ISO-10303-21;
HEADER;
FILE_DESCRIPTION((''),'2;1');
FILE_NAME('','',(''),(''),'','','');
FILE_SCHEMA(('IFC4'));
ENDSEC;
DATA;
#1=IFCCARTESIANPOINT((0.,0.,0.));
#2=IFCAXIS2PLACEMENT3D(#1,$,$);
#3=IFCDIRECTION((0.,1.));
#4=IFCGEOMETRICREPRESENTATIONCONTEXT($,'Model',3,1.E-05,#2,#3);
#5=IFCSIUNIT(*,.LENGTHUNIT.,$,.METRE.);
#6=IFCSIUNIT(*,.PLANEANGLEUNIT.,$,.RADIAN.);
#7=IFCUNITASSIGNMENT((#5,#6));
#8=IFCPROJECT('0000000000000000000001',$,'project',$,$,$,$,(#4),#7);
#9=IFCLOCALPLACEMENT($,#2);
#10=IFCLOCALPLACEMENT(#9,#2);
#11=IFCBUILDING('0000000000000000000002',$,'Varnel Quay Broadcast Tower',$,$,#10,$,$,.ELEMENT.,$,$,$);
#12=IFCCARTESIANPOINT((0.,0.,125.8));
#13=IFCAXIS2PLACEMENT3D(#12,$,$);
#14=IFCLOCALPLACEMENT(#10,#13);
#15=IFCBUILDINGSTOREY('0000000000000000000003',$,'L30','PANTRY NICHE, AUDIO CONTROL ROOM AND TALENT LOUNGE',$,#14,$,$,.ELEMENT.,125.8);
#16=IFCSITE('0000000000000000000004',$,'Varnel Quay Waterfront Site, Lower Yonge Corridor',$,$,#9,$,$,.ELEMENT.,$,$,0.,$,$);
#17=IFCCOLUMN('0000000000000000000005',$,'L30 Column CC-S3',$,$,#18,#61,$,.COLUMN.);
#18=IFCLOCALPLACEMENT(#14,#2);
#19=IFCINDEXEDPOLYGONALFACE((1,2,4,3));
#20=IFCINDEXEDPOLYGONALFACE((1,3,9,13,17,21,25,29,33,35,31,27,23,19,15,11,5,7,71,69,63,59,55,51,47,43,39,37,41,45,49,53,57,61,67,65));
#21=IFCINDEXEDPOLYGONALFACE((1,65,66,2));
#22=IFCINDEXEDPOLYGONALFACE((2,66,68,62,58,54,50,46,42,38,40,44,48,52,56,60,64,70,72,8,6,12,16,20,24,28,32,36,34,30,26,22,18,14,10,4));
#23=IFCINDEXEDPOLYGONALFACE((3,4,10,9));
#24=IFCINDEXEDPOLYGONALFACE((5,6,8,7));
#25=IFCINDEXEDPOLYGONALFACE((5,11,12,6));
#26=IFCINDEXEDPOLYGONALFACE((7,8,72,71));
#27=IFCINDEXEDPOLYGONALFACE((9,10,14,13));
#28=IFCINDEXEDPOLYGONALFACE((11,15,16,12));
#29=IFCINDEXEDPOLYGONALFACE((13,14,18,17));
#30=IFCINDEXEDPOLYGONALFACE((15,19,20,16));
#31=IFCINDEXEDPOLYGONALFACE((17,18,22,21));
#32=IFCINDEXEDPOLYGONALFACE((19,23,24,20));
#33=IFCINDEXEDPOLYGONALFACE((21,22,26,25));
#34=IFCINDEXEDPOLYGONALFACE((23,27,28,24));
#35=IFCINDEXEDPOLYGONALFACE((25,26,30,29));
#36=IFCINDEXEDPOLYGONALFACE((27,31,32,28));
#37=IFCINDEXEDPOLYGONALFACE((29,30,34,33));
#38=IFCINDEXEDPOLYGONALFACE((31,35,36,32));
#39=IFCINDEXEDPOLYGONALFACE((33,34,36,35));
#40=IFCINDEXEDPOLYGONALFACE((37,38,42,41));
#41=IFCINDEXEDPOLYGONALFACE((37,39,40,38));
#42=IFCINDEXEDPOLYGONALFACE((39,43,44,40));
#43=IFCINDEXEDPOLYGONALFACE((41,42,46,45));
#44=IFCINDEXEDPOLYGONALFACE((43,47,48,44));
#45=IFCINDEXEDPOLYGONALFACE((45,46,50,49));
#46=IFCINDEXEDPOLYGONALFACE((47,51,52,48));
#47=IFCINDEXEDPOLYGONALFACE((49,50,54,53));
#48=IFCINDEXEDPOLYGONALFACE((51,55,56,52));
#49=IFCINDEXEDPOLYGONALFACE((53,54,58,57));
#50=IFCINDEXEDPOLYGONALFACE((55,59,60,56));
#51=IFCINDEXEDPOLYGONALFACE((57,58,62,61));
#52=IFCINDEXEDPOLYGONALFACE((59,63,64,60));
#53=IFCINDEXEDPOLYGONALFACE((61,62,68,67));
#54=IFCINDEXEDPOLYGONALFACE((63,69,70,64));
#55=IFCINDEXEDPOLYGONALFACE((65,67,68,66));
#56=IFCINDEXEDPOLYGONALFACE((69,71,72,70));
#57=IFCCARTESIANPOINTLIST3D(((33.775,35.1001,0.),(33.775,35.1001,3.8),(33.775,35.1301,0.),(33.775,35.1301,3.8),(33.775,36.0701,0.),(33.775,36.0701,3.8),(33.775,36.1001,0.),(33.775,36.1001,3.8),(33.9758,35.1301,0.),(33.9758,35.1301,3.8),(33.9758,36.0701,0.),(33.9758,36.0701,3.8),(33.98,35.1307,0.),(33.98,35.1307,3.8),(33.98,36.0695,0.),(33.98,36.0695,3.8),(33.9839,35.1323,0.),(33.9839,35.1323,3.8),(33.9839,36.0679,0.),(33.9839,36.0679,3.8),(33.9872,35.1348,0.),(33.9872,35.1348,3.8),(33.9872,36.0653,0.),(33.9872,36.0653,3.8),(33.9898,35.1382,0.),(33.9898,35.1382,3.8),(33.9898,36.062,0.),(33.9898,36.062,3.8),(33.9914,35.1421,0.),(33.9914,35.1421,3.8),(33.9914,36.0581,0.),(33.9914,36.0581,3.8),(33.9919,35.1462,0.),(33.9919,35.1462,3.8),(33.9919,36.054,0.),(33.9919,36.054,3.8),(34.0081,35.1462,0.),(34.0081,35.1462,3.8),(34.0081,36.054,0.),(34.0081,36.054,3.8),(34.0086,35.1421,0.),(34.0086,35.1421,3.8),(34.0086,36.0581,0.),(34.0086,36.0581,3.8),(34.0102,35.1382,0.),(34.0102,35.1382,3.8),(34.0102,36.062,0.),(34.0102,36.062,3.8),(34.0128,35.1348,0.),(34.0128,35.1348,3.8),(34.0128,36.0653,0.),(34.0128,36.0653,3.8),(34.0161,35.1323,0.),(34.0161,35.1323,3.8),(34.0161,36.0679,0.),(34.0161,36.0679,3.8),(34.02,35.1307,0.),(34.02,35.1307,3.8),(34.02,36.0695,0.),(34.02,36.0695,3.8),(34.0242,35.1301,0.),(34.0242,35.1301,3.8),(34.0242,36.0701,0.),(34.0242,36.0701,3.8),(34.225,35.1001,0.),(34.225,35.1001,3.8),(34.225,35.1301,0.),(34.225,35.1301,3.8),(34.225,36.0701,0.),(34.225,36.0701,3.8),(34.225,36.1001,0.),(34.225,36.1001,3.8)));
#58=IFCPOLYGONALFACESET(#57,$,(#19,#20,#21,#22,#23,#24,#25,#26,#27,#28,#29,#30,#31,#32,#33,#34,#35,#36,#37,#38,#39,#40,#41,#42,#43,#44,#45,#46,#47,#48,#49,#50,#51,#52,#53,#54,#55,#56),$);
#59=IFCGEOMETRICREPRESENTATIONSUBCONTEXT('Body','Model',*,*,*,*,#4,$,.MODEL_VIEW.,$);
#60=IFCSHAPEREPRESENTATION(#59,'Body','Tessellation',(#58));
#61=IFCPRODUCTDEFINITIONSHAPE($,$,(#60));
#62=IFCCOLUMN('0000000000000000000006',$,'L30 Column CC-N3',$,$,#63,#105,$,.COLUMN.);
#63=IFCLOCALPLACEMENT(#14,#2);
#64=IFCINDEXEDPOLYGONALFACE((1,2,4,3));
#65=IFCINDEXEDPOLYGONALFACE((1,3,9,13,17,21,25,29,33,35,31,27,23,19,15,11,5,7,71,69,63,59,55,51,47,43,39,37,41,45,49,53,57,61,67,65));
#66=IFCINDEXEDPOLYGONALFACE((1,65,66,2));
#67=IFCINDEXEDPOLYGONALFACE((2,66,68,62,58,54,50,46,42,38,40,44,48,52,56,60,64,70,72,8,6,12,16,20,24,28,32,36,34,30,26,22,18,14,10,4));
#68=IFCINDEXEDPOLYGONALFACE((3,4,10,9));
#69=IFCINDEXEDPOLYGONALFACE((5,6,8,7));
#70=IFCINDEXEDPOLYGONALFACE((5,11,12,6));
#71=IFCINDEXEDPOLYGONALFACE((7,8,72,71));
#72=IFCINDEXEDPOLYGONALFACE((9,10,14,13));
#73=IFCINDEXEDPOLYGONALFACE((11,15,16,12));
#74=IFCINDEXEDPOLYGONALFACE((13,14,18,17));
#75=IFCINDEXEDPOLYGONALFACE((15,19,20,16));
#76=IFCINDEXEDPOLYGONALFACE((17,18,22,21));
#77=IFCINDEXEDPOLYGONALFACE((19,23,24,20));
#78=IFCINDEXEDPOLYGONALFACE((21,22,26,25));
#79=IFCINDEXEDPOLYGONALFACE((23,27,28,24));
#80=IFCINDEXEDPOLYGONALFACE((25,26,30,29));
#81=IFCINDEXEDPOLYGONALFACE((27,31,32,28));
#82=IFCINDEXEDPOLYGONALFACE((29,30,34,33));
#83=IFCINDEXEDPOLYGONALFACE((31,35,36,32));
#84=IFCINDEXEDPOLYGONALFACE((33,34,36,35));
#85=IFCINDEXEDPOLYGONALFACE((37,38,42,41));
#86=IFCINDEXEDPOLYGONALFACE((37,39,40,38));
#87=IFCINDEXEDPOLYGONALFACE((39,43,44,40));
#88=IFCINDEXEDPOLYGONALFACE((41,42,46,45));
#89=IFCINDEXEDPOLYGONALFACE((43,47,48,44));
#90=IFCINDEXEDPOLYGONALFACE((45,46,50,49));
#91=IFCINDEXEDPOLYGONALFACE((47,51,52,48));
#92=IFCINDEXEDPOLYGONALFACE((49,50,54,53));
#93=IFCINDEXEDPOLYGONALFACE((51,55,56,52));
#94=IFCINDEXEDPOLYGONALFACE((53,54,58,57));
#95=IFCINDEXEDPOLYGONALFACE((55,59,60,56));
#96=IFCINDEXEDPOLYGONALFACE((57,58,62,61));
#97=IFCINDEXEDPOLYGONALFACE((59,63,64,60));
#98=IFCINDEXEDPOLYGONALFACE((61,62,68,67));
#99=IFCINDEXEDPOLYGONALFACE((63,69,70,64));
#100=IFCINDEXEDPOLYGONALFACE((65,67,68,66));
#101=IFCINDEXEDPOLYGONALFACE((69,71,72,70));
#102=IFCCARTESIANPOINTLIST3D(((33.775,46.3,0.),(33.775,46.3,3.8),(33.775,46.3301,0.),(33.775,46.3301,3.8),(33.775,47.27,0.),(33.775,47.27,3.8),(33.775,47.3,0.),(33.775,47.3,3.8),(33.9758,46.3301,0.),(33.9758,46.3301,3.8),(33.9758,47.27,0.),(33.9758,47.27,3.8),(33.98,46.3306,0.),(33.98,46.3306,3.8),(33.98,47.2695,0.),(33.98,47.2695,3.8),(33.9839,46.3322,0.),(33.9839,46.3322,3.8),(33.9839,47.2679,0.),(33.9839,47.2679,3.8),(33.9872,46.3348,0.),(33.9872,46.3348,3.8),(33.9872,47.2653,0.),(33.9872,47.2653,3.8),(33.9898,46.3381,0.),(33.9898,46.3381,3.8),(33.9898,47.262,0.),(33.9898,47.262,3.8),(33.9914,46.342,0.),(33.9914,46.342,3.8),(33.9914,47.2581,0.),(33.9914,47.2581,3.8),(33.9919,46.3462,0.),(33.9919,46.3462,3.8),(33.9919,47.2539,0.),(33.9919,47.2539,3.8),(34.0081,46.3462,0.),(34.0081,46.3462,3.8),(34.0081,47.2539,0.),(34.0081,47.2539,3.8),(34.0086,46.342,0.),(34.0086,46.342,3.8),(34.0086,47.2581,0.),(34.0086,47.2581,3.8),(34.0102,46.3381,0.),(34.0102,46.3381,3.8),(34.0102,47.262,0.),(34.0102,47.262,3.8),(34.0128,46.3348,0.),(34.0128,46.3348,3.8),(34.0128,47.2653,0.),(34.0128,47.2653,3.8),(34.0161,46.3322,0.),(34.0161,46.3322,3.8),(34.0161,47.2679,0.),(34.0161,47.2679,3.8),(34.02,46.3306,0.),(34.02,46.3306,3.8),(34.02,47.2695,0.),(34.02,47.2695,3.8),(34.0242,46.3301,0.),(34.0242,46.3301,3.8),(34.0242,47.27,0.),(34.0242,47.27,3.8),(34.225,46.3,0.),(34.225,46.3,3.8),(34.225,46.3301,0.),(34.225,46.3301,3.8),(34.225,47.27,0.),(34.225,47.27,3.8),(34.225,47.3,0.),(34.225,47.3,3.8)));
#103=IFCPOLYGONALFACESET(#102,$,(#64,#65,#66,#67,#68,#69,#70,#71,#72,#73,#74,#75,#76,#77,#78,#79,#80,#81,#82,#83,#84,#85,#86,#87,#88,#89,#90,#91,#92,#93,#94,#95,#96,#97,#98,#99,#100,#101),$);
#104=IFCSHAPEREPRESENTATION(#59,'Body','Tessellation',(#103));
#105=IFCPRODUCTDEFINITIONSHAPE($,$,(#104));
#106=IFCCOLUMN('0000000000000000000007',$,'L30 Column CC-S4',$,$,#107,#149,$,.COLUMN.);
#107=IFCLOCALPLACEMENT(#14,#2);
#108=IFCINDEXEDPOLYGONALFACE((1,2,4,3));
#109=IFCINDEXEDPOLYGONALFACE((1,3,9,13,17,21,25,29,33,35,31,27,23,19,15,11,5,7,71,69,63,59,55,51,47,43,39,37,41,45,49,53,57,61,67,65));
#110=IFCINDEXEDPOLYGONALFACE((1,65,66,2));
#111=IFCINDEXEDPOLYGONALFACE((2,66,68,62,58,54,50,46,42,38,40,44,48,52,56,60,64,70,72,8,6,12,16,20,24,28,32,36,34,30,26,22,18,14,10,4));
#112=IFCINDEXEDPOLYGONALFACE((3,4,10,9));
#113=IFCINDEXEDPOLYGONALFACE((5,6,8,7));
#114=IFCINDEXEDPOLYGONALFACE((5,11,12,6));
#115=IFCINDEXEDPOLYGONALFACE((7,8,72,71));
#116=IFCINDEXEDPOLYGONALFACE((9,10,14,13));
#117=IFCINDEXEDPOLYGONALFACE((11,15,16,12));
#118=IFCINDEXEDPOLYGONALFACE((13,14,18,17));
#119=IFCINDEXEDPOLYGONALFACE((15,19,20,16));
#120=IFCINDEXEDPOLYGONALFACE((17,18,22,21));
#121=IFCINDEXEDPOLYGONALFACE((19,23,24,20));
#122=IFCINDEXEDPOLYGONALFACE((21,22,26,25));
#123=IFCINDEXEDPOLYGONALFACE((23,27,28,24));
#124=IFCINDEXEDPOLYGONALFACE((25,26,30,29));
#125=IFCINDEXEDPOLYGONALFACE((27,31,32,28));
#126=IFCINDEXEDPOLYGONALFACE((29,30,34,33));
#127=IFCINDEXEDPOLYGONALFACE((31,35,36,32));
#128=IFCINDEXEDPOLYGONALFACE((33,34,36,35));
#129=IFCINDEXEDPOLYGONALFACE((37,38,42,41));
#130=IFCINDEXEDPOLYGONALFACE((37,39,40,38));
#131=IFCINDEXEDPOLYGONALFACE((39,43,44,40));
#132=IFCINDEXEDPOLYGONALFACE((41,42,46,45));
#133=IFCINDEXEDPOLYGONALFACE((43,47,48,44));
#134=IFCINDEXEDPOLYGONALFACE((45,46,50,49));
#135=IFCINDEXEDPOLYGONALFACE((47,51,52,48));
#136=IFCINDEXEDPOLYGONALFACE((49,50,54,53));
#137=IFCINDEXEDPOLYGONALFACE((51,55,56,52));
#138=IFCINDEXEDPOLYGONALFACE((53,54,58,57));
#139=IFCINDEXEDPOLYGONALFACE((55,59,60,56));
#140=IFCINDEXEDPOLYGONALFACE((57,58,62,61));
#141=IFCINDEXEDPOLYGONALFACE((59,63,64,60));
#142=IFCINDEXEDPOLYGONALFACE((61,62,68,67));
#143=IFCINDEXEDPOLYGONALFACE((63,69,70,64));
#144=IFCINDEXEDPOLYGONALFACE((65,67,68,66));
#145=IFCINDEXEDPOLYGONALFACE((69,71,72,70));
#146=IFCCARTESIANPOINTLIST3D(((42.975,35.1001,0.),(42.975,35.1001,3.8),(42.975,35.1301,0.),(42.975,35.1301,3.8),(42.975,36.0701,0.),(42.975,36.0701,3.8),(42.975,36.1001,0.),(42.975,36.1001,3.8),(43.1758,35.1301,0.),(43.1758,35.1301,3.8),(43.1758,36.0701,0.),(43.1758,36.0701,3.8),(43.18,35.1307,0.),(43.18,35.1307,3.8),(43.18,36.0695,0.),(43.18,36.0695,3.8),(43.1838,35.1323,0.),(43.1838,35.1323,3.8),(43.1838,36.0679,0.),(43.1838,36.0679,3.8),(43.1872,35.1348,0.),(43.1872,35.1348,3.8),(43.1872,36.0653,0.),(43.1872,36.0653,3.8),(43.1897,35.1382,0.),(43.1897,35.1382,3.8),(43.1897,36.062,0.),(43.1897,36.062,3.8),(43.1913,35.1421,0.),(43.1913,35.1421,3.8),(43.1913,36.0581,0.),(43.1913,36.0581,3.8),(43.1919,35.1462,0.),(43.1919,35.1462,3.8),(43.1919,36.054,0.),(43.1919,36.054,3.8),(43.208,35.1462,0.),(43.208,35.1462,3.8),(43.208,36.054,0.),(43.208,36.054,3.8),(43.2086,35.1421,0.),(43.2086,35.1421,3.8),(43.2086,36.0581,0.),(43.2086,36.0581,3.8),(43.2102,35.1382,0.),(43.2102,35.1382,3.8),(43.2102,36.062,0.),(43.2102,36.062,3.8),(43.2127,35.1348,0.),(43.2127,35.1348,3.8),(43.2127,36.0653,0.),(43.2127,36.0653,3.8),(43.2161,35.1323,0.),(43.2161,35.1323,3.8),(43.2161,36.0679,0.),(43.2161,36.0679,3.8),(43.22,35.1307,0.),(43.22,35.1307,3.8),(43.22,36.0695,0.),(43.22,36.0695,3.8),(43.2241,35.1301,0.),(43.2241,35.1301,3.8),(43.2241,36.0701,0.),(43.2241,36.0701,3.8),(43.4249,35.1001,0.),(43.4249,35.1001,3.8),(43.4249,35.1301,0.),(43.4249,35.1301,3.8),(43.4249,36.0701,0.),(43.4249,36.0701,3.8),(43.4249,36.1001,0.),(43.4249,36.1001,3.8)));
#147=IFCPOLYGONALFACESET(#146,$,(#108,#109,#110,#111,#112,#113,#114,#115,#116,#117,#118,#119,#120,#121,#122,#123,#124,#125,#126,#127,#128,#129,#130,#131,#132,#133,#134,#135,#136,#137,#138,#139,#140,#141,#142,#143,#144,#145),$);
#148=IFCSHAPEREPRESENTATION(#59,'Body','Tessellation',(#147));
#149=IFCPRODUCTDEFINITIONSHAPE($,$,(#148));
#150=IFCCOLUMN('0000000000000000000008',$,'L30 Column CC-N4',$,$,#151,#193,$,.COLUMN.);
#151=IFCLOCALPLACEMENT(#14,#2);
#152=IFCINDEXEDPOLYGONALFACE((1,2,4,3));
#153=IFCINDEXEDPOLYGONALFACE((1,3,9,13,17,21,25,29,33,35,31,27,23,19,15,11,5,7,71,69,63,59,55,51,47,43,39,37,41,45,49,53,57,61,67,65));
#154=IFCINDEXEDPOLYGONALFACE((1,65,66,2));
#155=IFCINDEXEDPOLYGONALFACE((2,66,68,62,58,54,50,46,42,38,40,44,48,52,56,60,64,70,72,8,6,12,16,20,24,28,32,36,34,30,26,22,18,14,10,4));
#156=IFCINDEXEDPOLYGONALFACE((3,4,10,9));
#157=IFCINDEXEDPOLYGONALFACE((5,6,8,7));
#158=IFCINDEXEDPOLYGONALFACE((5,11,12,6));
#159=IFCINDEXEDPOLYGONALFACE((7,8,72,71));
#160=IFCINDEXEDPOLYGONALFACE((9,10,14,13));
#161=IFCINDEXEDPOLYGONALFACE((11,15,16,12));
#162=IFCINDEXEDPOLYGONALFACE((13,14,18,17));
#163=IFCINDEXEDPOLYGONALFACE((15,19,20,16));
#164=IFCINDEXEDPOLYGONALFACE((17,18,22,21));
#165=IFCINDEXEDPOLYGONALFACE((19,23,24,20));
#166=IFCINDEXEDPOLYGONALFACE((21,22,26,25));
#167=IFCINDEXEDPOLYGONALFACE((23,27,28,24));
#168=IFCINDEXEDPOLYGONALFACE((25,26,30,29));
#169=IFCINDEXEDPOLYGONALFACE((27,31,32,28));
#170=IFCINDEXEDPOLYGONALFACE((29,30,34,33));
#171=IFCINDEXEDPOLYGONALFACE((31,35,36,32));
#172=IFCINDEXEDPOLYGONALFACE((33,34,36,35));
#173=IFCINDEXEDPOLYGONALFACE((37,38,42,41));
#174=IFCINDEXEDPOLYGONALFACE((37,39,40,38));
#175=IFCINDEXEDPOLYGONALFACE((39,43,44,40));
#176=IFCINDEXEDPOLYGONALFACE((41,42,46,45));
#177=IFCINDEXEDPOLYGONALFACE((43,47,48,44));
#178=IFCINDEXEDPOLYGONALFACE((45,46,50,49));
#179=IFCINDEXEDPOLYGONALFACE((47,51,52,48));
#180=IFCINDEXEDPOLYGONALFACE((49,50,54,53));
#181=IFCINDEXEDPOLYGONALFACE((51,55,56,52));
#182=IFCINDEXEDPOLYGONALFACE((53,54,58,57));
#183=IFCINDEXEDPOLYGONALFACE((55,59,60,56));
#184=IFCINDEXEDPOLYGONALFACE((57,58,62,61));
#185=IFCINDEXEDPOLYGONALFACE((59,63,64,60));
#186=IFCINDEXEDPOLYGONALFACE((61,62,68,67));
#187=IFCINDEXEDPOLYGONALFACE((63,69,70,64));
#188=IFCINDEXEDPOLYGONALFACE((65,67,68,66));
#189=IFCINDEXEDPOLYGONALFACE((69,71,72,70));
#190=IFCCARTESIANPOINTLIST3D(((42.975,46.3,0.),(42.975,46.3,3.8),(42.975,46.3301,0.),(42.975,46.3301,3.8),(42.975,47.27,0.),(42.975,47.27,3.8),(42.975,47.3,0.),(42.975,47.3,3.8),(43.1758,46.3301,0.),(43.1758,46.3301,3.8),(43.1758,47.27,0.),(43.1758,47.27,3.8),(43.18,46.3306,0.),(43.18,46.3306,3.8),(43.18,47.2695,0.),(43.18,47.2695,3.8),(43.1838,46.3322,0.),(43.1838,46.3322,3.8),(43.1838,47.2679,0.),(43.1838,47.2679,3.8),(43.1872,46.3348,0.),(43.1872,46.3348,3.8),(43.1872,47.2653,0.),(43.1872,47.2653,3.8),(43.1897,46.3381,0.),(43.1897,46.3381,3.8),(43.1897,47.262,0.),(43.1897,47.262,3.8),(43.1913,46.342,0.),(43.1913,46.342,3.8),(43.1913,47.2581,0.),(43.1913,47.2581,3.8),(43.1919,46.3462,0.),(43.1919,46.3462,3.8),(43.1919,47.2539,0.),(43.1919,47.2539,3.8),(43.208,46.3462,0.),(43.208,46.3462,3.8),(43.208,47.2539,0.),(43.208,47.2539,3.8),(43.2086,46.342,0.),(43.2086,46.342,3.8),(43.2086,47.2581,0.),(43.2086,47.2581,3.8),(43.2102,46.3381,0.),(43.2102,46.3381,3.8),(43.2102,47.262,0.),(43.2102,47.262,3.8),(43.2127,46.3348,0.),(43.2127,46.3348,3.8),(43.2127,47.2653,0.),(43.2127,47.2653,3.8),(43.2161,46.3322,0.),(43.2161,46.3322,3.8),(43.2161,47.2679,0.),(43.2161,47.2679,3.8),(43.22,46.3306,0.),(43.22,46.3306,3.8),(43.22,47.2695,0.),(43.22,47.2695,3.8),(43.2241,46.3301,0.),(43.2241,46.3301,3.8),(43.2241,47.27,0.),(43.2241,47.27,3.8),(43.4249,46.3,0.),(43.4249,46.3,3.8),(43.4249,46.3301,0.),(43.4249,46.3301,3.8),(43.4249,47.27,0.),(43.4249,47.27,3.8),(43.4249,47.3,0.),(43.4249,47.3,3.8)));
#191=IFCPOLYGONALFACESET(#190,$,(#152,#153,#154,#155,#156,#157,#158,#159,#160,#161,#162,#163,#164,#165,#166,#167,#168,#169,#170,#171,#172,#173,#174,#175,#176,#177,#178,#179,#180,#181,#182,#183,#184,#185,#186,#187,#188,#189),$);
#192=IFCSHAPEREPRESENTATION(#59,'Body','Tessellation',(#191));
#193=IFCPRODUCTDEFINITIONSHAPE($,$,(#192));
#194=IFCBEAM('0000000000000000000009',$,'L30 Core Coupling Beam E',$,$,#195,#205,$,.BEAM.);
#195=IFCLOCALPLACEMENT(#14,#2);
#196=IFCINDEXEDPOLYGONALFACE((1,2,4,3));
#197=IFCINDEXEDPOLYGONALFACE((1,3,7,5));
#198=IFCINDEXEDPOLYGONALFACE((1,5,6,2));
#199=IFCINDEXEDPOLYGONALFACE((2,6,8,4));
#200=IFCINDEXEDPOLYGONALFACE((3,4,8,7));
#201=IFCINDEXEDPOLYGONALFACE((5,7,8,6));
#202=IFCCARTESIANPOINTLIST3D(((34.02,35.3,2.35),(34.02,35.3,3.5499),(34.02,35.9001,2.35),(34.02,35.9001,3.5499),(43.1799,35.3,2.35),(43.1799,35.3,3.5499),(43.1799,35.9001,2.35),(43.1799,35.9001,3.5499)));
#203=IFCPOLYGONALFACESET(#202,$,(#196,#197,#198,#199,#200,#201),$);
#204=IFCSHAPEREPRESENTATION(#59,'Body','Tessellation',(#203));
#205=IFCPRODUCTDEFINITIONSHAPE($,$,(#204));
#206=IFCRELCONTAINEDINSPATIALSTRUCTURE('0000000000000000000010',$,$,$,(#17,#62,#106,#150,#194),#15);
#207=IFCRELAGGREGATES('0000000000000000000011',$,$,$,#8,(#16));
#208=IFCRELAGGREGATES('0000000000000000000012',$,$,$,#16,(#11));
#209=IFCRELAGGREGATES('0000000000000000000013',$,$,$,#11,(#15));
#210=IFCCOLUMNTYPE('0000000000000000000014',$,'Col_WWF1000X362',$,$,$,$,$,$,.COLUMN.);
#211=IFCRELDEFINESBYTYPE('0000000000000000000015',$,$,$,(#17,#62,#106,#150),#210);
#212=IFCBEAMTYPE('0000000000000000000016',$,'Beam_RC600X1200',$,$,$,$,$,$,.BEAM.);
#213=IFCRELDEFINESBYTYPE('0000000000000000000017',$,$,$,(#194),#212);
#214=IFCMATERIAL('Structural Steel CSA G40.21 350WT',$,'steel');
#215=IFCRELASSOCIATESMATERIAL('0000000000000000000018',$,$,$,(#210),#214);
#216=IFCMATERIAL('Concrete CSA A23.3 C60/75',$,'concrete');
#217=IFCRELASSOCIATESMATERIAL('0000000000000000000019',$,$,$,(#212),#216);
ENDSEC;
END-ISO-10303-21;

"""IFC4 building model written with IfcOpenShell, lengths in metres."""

from ifc_helpers import new_model, si_unit, direction, frame, origin, origin_2d, place, context, subcontext, project, spatial, rectangle, i_section, extrude, source, transform, mapped, material, material_profile, profile_set, type_object, type_shapes, element, save


model = new_model("IFC4")

# Units and contexts
model_context = context("Model", 3, precision=1e-05, world=origin(), true_north=direction((0.0, 1.0)))
body_context = subcontext(model_context, "Body", "Model", "MODEL_VIEW")
ifc_project = project(units=[si_unit("LENGTHUNIT", "METRE"), si_unit("PLANEANGLEUNIT", "RADIAN")], contexts=[model_context])

# Site, building, storey
site_placement = place(None, origin())
site = spatial("IfcSite", under=ifc_project, at=site_placement, Name="Varnel Quay Waterfront Site, Lower Yonge Corridor", CompositionType="ELEMENT", RefElevation=0.0)
building_placement = place(site_placement, origin())
building = spatial("IfcBuilding", under=site, at=building_placement, Name="Varnel Quay Broadcast Tower", CompositionType="ELEMENT")
storey_placement = place(building_placement, frame((0.0, 0.0, 125.8)))
storey = spatial("IfcBuildingStorey", under=building, at=storey_placement, Name="L30", Description="PANTRY NICHE, AUDIO CONTROL ROOM AND TALENT LOUNGE", CompositionType="ELEMENT", Elevation=125.8)

# Columns
ifc_material_1 = material(Name="Structural Steel CSA G40.21 350WT", Category="steel")
ifc_material_profile_1 = material_profile(ifc_material_1, i_section(OverallWidth=0.45, OverallDepth=1.0, WebThickness=0.0161, FlangeThickness=0.03, FilletRadius=0.0161, at=origin_2d()), Name="WWF1000X362")
ifc_profile_set_1 = profile_set([ifc_material_profile_1], Name="Structural Steel CSA G40.21 350WT")
column_type = type_object("IfcColumnType", Name="Col_WWF1000X362", PredefinedType="COLUMN", material=ifc_profile_set_1)
shared_shape_1 = source(origin(), body_context, "Body", "SweptSolid", [
    extrude(i_section(OverallWidth=0.45, OverallDepth=1.0, WebThickness=0.0161, FlangeThickness=0.03, FilletRadius=0.0161, at=origin_2d()), origin(), (0.0, 0.0, 1.0), 3.8),
])
type_shapes(column_type, [shared_shape_1])
for number, where, z_axis, x_axis, name in (
    (1, (34.0, 35.6001, 0.0), (0.0, 0.0, 1.0), (1.0, 0.0, 0.0), "L30 Column CC-S3"),
    (2, (34.0, 46.8, 0.0), (0.0, 0.0, 1.0), (1.0, 0.0, 0.0), "L30 Column CC-N3"),
    (3, (43.2, 35.6001, 0.0), (0.0, 0.0, 1.0), (1.0, 0.0, 0.0), "L30 Column CC-S4"),
    (4, (43.2, 46.8, 0.0), (0.0, 0.0, 1.0), (1.0, 0.0, 0.0), "L30 Column CC-N4"),
):
    element("IfcColumn", number, at=place(storey_placement, frame(where, z_axis=z_axis, x_axis=x_axis)), inside=storey, type_object=column_type, Name=name, PredefinedType="COLUMN", context=body_context, shape_type="MappedRepresentation", body=[
        mapped(shared_shape_1, transform((0.0, 0.0, 0.0), x_axis=(1.0, 0.0, 0.0), y_axis=(0.0, 1.0, 0.0), z_axis=(0.0, 0.0, 1.0), scale=1.0)),
    ])

# Beam
ifc_material_2 = material(Name="Concrete CSA A23.3 C60/75", Category="concrete")
ifc_material_profile_2 = material_profile(ifc_material_2, rectangle(XDim=0.6001, YDim=1.2, at=origin_2d()), Name="RC600X1200")
ifc_profile_set_2 = profile_set([ifc_material_profile_2], Name="Concrete CSA A23.3 C60/75")
beam_type_1 = type_object("IfcBeamType", Name="Beam_RC600X1200", PredefinedType="BEAM", material=ifc_profile_set_2)
shared_shape_2 = source(origin(), body_context, "Body", "SweptSolid", [
    extrude(rectangle(XDim=0.6001, YDim=1.2, at=origin_2d()), origin(), (0.0, 0.0, 1.0), 9.1599),
])
type_shapes(beam_type_1, [shared_shape_2])
beam_1_placement = place(storey_placement, frame((34.02, 35.6001, 2.95), z_axis=(1.0, 0.0, 0.0), x_axis=(0.0, 1.0, 0.0)))
element("IfcBeam", 5, at=beam_1_placement, inside=storey, type_object=beam_type_1, Name="L30 Core Coupling Beam E", PredefinedType="BEAM", context=body_context, shape_type="MappedRepresentation", body=[
    mapped(shared_shape_2, transform((0.0, 0.0, 0.0), x_axis=(1.0, 0.0, 0.0), y_axis=(0.0, 1.0, 0.0), z_axis=(0.0, 0.0, 1.0), scale=1.0)),
])

save(model, "model.ifc")
